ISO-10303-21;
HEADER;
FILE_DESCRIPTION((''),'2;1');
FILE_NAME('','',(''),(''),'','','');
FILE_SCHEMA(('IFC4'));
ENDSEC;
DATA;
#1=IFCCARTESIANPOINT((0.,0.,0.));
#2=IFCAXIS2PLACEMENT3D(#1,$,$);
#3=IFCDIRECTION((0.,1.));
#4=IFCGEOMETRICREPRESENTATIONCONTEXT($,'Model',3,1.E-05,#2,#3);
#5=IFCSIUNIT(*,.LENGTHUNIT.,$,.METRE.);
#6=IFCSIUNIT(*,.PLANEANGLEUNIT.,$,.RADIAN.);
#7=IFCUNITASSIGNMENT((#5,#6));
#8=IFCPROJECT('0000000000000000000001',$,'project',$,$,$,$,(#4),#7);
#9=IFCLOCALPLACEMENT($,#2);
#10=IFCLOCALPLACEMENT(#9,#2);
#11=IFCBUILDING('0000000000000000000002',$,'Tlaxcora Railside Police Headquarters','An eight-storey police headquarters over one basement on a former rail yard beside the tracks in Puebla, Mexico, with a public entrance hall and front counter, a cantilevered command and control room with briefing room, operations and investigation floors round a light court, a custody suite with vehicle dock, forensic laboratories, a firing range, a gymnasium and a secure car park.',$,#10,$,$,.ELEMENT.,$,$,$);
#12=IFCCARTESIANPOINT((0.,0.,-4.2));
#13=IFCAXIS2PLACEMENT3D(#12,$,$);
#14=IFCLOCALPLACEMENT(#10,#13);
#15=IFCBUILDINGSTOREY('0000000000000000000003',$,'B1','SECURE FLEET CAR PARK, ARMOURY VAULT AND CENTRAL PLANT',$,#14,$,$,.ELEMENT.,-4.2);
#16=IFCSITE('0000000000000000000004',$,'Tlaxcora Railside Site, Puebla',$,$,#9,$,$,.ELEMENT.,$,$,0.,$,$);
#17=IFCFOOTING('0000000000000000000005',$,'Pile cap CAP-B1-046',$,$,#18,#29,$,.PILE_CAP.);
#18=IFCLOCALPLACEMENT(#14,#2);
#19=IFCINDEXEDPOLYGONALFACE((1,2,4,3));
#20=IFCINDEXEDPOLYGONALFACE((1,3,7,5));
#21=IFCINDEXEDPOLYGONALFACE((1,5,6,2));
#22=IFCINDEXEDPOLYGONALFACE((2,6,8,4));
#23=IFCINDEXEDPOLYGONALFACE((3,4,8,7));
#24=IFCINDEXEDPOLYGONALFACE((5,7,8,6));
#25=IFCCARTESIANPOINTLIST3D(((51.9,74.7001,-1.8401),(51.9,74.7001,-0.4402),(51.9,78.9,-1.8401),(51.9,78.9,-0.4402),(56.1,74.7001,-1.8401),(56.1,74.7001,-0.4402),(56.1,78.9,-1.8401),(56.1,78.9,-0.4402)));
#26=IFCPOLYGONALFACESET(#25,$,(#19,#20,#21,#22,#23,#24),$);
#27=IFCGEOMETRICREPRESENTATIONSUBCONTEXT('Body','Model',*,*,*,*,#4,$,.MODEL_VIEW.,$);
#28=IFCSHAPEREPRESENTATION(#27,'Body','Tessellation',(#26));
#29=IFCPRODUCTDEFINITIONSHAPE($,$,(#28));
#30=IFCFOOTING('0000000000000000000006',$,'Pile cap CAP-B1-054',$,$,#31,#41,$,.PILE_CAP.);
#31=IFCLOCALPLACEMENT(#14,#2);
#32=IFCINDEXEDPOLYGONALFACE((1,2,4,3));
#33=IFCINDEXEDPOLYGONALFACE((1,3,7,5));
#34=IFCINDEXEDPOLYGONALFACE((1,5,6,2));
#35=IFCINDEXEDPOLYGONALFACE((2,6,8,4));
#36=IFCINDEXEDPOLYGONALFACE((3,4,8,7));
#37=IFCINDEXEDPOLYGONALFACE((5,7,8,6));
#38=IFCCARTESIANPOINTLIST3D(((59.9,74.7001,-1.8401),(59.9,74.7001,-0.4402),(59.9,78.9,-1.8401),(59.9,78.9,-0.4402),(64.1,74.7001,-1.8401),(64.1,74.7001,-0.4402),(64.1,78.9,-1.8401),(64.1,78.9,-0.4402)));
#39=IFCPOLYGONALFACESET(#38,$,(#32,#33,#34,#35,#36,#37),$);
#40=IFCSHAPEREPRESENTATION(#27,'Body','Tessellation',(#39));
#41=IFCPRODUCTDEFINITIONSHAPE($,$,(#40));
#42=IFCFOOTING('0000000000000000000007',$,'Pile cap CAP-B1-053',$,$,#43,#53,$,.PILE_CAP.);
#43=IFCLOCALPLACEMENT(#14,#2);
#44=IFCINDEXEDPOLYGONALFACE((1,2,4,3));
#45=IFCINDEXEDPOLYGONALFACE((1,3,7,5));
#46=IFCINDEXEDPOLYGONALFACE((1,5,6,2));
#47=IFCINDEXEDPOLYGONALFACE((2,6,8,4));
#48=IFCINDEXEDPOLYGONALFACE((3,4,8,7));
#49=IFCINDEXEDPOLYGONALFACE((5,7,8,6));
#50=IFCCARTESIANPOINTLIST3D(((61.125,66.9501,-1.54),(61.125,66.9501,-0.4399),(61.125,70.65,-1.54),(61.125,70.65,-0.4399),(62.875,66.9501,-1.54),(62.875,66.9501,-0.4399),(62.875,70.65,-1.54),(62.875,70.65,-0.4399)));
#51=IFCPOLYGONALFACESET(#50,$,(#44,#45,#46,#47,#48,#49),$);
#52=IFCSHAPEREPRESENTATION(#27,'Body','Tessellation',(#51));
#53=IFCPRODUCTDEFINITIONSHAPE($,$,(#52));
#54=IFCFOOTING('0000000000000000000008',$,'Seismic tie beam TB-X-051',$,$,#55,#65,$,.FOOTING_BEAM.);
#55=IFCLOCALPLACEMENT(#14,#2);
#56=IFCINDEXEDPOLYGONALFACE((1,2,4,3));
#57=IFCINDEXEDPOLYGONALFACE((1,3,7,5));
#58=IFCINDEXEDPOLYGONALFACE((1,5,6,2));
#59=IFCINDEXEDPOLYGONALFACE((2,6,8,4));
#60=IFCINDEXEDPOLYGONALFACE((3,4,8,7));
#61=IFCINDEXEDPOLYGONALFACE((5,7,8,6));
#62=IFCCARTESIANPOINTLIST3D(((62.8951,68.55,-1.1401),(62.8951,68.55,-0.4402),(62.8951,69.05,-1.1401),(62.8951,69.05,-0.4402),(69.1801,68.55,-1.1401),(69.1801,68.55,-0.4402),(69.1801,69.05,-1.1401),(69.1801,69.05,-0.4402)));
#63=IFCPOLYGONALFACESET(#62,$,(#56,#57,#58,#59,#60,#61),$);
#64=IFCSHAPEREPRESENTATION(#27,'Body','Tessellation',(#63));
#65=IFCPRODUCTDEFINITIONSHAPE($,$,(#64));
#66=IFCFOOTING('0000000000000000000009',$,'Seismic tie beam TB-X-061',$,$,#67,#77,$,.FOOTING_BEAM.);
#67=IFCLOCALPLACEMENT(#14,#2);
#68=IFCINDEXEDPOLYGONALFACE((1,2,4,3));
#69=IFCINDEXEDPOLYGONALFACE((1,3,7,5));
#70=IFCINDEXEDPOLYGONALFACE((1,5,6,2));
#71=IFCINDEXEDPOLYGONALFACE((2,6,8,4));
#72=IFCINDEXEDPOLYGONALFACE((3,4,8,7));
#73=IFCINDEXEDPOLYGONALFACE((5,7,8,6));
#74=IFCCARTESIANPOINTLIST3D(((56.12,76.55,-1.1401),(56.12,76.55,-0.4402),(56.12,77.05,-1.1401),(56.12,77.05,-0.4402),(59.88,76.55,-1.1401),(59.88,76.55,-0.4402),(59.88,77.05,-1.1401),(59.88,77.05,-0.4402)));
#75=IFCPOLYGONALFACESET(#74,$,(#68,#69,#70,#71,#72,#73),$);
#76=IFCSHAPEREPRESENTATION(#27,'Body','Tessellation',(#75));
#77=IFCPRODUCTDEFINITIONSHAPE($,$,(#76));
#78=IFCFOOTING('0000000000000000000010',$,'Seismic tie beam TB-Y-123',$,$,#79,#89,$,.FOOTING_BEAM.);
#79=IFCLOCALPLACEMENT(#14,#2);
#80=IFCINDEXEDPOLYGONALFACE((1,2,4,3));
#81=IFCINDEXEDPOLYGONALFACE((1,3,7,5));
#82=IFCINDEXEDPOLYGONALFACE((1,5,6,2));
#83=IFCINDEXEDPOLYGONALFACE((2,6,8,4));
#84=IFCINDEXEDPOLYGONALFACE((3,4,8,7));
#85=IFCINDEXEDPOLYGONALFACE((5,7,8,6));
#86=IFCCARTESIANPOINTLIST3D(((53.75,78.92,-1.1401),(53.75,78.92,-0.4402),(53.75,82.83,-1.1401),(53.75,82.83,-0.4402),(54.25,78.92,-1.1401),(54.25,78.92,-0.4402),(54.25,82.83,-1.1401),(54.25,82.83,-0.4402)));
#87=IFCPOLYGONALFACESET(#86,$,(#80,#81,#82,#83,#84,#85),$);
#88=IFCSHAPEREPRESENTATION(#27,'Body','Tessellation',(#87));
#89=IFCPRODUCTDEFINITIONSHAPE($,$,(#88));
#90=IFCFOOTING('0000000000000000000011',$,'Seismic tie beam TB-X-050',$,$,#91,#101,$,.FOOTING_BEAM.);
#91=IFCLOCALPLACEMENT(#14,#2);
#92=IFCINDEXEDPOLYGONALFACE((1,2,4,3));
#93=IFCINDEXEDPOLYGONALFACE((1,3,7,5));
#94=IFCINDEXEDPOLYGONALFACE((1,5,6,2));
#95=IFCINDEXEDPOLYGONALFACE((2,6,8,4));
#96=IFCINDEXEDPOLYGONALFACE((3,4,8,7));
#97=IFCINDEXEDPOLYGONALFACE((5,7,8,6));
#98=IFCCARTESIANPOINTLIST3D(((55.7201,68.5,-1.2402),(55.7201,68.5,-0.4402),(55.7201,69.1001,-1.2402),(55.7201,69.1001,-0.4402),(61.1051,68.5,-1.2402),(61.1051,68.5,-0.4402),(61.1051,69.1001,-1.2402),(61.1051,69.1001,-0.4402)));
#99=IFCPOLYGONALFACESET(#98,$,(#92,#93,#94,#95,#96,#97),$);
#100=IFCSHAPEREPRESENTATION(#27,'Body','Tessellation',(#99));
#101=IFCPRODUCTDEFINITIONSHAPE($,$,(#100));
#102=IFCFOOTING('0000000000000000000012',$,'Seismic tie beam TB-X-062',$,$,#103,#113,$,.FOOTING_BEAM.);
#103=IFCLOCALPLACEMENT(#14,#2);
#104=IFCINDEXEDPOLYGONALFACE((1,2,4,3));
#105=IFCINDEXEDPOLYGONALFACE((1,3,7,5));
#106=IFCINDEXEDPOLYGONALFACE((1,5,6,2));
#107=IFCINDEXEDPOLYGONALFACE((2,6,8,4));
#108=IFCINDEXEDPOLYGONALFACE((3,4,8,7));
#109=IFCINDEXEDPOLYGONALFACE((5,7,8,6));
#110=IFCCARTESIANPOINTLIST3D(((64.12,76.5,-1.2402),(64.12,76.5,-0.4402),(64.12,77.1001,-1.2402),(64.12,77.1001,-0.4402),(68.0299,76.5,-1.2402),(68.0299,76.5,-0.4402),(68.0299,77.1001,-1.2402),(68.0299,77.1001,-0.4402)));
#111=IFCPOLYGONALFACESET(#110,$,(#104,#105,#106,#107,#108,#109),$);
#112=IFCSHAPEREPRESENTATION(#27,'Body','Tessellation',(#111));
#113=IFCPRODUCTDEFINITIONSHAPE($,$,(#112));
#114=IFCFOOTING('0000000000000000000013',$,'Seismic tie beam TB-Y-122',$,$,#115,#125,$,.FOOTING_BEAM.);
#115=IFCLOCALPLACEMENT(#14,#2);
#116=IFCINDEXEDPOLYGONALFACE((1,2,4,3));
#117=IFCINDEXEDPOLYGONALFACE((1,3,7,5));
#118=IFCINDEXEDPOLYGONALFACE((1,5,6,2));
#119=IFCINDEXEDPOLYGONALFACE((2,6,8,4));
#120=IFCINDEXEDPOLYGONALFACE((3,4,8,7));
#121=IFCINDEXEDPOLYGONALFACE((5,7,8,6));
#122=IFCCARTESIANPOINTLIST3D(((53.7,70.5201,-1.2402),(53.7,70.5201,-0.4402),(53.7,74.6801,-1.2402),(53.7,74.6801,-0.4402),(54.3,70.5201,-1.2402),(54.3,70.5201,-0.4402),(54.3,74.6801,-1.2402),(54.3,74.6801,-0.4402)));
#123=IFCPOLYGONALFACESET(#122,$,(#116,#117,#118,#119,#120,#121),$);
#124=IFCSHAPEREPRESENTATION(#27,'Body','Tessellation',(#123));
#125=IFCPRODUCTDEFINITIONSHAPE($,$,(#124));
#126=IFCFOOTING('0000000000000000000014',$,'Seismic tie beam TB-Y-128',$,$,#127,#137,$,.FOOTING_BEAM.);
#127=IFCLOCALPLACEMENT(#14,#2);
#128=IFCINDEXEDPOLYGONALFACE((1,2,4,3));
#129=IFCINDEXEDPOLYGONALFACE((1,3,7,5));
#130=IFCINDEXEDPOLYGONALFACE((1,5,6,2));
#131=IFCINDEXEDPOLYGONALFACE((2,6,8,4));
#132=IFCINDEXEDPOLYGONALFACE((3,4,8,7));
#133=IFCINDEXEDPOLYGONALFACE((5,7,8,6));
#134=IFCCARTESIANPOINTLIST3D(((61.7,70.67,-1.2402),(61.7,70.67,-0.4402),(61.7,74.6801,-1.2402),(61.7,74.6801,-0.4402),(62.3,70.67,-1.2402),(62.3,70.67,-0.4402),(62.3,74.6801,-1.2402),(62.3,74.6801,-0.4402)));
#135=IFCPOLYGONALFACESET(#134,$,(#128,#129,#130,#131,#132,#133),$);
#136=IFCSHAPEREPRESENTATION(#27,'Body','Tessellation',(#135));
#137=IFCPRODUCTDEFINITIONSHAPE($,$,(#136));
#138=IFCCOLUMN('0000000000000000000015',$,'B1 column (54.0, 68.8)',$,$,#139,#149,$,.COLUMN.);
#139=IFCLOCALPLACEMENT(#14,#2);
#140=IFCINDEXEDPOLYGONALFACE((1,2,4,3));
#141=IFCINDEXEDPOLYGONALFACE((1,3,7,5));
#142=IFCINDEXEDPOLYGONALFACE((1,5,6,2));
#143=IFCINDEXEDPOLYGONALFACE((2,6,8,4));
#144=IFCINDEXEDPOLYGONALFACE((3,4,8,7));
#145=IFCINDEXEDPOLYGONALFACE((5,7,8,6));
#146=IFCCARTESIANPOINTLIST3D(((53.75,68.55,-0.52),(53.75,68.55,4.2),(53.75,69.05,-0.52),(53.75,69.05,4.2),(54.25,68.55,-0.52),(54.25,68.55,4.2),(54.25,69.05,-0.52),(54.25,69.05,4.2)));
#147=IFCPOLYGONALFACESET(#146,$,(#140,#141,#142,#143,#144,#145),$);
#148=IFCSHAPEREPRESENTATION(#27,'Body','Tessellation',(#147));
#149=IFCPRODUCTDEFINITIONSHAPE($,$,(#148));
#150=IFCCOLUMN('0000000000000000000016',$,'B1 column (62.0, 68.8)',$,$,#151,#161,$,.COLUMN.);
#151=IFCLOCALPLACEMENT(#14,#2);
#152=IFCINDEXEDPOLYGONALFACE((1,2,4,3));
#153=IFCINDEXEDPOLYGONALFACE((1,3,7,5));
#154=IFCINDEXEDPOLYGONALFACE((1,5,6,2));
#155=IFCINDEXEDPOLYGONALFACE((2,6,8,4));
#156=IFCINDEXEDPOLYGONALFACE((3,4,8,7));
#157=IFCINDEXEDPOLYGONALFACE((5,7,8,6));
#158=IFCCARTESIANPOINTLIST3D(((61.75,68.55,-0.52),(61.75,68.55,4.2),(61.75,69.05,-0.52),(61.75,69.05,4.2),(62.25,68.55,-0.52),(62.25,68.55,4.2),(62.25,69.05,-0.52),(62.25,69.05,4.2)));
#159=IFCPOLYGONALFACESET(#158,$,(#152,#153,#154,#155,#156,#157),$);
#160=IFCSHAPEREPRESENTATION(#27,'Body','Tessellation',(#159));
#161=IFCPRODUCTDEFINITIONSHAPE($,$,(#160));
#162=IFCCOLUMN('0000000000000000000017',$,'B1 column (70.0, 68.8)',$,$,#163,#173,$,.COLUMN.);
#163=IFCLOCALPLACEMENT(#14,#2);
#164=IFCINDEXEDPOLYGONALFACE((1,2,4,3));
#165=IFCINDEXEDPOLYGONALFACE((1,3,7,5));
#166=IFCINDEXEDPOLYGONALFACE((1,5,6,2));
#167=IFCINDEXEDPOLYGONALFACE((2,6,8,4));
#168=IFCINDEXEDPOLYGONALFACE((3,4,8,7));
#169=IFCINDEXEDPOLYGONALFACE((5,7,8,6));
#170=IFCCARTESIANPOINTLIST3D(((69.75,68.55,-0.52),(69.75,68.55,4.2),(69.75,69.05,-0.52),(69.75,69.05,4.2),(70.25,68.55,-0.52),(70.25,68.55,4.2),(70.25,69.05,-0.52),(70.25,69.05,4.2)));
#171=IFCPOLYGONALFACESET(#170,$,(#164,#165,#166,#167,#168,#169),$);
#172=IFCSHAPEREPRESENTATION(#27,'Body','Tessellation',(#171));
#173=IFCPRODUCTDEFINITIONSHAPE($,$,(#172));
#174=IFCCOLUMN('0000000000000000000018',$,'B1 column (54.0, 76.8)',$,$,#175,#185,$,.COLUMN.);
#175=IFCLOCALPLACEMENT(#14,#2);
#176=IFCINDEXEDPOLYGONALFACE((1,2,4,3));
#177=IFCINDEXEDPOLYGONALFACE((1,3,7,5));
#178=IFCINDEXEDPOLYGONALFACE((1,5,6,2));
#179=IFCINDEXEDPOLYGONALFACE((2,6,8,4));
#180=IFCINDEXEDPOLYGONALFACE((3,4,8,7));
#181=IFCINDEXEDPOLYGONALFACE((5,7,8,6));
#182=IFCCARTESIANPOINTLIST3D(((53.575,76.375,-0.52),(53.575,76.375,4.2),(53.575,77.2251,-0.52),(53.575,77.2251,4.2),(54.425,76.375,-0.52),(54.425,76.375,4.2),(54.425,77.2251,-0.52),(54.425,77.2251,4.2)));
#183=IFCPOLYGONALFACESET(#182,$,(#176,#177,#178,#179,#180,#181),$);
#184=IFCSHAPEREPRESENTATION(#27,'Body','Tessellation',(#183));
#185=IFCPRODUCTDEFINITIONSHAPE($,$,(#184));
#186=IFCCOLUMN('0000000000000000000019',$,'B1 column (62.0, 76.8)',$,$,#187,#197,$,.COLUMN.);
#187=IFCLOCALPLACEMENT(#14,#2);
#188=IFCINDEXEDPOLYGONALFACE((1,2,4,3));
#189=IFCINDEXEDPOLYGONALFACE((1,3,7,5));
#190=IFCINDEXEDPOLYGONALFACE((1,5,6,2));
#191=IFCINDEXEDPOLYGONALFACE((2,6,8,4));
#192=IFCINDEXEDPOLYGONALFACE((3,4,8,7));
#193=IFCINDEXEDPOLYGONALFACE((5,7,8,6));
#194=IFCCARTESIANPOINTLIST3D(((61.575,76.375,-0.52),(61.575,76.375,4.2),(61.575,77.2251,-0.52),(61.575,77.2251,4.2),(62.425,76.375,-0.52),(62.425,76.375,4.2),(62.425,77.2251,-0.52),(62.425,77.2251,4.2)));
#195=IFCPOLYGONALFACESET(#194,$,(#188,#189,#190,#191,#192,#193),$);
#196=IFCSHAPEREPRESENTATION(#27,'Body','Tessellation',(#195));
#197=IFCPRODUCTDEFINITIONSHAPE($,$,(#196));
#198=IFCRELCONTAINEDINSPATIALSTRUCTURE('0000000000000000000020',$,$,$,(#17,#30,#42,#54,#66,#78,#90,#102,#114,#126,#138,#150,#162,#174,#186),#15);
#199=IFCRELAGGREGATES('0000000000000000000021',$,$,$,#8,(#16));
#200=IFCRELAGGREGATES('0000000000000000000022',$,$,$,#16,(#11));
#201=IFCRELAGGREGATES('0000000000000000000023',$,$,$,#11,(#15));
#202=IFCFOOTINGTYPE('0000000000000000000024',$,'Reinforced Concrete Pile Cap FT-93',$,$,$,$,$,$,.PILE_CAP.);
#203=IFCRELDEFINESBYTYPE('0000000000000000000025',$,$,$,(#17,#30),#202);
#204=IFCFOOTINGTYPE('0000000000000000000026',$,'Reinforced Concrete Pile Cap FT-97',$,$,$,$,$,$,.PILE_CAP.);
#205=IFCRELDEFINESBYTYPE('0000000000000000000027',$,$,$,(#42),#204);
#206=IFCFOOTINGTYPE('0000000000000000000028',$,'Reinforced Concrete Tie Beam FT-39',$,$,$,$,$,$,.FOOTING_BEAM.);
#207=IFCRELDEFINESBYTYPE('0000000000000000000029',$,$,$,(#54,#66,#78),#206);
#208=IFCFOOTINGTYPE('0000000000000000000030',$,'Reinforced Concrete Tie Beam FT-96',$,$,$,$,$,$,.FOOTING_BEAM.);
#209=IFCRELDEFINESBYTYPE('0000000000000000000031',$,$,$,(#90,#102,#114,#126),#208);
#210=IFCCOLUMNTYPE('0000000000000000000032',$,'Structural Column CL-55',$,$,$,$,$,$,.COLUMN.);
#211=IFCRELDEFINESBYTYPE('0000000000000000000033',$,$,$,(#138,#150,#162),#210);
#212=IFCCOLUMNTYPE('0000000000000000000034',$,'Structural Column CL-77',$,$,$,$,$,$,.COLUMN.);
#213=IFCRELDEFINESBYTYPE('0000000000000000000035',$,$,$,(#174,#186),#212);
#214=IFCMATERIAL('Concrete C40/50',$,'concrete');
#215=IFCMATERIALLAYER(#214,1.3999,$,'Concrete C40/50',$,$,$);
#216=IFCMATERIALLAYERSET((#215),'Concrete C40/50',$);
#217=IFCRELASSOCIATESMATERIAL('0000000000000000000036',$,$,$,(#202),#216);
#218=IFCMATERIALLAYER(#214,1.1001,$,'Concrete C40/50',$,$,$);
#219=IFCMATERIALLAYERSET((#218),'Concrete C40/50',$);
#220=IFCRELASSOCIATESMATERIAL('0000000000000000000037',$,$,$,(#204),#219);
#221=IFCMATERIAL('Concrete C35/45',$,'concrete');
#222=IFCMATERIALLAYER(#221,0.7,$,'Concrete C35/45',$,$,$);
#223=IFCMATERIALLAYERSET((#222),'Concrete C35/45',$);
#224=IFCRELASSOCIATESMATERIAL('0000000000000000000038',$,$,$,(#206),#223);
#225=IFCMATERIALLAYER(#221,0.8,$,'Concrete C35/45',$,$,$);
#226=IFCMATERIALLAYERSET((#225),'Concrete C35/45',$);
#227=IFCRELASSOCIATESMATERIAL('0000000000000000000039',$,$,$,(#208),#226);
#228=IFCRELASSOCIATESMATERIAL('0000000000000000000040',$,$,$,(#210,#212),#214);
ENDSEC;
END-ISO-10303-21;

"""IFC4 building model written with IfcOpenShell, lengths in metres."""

from ifc_helpers import new_model, si_unit, direction, frame, origin, origin_2d, place, context, subcontext, project, spatial, rectangle, extrude, material, layer, layer_set, material_profile, profile_set, type_object, element, save


model = new_model("IFC4")

# Units and contexts
model_context = context("Model", 3, precision=1e-05, world=origin(), true_north=direction((0.0, 1.0)))
body_context = subcontext(model_context, "Body", "Model", "MODEL_VIEW")
ifc_project = project(units=[si_unit("LENGTHUNIT", "METRE"), si_unit("PLANEANGLEUNIT", "RADIAN")], contexts=[model_context])

# Site, building, storey
site_placement = place(None, origin())
site = spatial("IfcSite", under=ifc_project, at=site_placement, Name="Tlaxcora Railside Site, Puebla", CompositionType="ELEMENT", RefElevation=0.0)
building_placement = place(site_placement, origin())
building = spatial("IfcBuilding", under=site, at=building_placement, Name="Tlaxcora Railside Police Headquarters", Description="An eight-storey police headquarters over one basement on a former rail yard beside the tracks in Puebla, Mexico, with a public entrance hall and front counter, a cantilevered command and control room with briefing room, operations and investigation floors round a light court, a custody suite with vehicle dock, forensic laboratories, a firing range, a gymnasium and a secure car park.", CompositionType="ELEMENT")
storey_placement = place(building_placement, frame((0.0, 0.0, -4.2)))
storey = spatial("IfcBuildingStorey", under=building, at=storey_placement, Name="B1", Description="SECURE FLEET CAR PARK, ARMOURY VAULT AND CENTRAL PLANT", CompositionType="ELEMENT", Elevation=-4.2)

# Shared definitions
ifc_material_1 = material(Name="Concrete C35/45", Category="concrete")

# Footings
ifc_material_2 = material(Name="Concrete C40/50", Category="concrete")
ifc_layer_1 = layer(ifc_material_2, 1.3999, Name="Concrete C40/50")
ifc_layer_set_1 = layer_set([ifc_layer_1], Name="Concrete C40/50")
footing_type_1 = type_object("IfcFootingType", Name="Reinforced Concrete Pile Cap FT-93", PredefinedType="PILE_CAP", material=ifc_layer_set_1)
for number, where, z_axis, x_axis, name in (
    (1, (54.0, 76.8, -1.8401), (0.0, 0.0, 1.0), (1.0, 0.0, 0.0), "Pile cap CAP-B1-046"),
    (2, (62.0, 76.8, -1.8401), (0.0, 0.0, 1.0), (1.0, 0.0, 0.0), "Pile cap CAP-B1-054"),
):
    element("IfcFooting", number, at=place(storey_placement, frame(where, z_axis=z_axis, x_axis=x_axis)), inside=storey, type_object=footing_type_1, Name=name, PredefinedType="PILE_CAP", context=body_context, shape_type="SweptSolid", body=[
        extrude(rectangle(XDim=4.2, YDim=4.2, at=origin_2d()), origin(), (0.0, 0.0, 1.0), 1.3999),
    ])
ifc_layer_2 = layer(ifc_material_2, 1.1001, Name="Concrete C40/50")
ifc_layer_set_2 = layer_set([ifc_layer_2], Name="Concrete C40/50")
footing_type_2 = type_object("IfcFootingType", Name="Reinforced Concrete Pile Cap FT-97", PredefinedType="PILE_CAP", material=ifc_layer_set_2)
footing_1_placement = place(storey_placement, frame((62.0, 68.8, -1.54), z_axis=(0.0, 0.0, 1.0), x_axis=(1.0, 0.0, 0.0)))
element("IfcFooting", 3, at=footing_1_placement, inside=storey, type_object=footing_type_2, Name="Pile cap CAP-B1-053", PredefinedType="PILE_CAP", context=body_context, shape_type="SweptSolid", body=[
    extrude(rectangle(XDim=1.75, YDim=3.7, at=origin_2d()), origin(), (0.0, 0.0, 1.0), 1.1001),
])
ifc_layer_3 = layer(ifc_material_1, 0.7, Name="Concrete C35/45")
ifc_layer_set_3 = layer_set([ifc_layer_3], Name="Concrete C35/45")
footing_type_3 = type_object("IfcFootingType", Name="Reinforced Concrete Tie Beam FT-39", PredefinedType="FOOTING_BEAM", material=ifc_layer_set_3)
footing_2_placement = place(storey_placement, frame((66.0376, 68.8, -1.1401), z_axis=(0.0, 0.0, 1.0), x_axis=(1.0, 0.0, 0.0)))
element("IfcFooting", 4, at=footing_2_placement, inside=storey, type_object=footing_type_3, Name="Seismic tie beam TB-X-051", PredefinedType="FOOTING_BEAM", context=body_context, shape_type="SweptSolid", body=[
    extrude(rectangle(XDim=6.2849, YDim=0.5, at=origin_2d()), origin(), (0.0, 0.0, 1.0), 0.7),
])
footing_3_placement = place(storey_placement, frame((58.0, 76.8, -1.1401), z_axis=(0.0, 0.0, 1.0), x_axis=(1.0, 0.0, 0.0)))
element("IfcFooting", 5, at=footing_3_placement, inside=storey, type_object=footing_type_3, Name="Seismic tie beam TB-X-061", PredefinedType="FOOTING_BEAM", context=body_context, shape_type="SweptSolid", body=[
    extrude(rectangle(XDim=3.76, YDim=0.5, at=origin_2d()), origin(), (0.0, 0.0, 1.0), 0.7),
])
footing_4_placement = place(storey_placement, frame((54.0, 80.875, -1.1401), z_axis=(0.0, 0.0, 1.0), x_axis=(0.0, 1.0, 0.0)))
element("IfcFooting", 6, at=footing_4_placement, inside=storey, type_object=footing_type_3, Name="Seismic tie beam TB-Y-123", PredefinedType="FOOTING_BEAM", context=body_context, shape_type="SweptSolid", body=[
    extrude(rectangle(XDim=3.9099, YDim=0.5, at=origin_2d()), origin(), (0.0, 0.0, 1.0), 0.7),
])
ifc_layer_4 = layer(ifc_material_1, 0.8, Name="Concrete C35/45")
ifc_layer_set_4 = layer_set([ifc_layer_4], Name="Concrete C35/45")
footing_type_4 = type_object("IfcFootingType", Name="Reinforced Concrete Tie Beam FT-96", PredefinedType="FOOTING_BEAM", material=ifc_layer_set_4)
footing_5_placement = place(storey_placement, frame((58.4126, 68.8, -1.2402), z_axis=(0.0, 0.0, 1.0), x_axis=(1.0, 0.0, 0.0)))
element("IfcFooting", 7, at=footing_5_placement, inside=storey, type_object=footing_type_4, Name="Seismic tie beam TB-X-050", PredefinedType="FOOTING_BEAM", context=body_context, shape_type="SweptSolid", body=[
    extrude(rectangle(XDim=5.385, YDim=0.6001, at=origin_2d()), origin(), (0.0, 0.0, 1.0), 0.8),
])
footing_6_placement = place(storey_placement, frame((66.075, 76.8, -1.2402), z_axis=(0.0, 0.0, 1.0), x_axis=(1.0, 0.0, 0.0)))
element("IfcFooting", 8, at=footing_6_placement, inside=storey, type_object=footing_type_4, Name="Seismic tie beam TB-X-062", PredefinedType="FOOTING_BEAM", context=body_context, shape_type="SweptSolid", body=[
    extrude(rectangle(XDim=3.9099, YDim=0.6001, at=origin_2d()), origin(), (0.0, 0.0, 1.0), 0.8),
])
footing_7_placement = place(storey_placement, frame((54.0, 72.6001, -1.2402), z_axis=(0.0, 0.0, 1.0), x_axis=(0.0, 1.0, 0.0)))
element("IfcFooting", 9, at=footing_7_placement, inside=storey, type_object=footing_type_4, Name="Seismic tie beam TB-Y-122", PredefinedType="FOOTING_BEAM", context=body_context, shape_type="SweptSolid", body=[
    extrude(rectangle(XDim=4.1599, YDim=0.6001, at=origin_2d()), origin(), (0.0, 0.0, 1.0), 0.8),
])
footing_8_placement = place(storey_placement, frame((62.0, 72.675, -1.2402), z_axis=(0.0, 0.0, 1.0), x_axis=(0.0, 1.0, 0.0)))
element("IfcFooting", 10, at=footing_8_placement, inside=storey, type_object=footing_type_4, Name="Seismic tie beam TB-Y-128", PredefinedType="FOOTING_BEAM", context=body_context, shape_type="SweptSolid", body=[
    extrude(rectangle(XDim=4.01, YDim=0.6001, at=origin_2d()), origin(), (0.0, 0.0, 1.0), 0.8),
])

# Columns
ifc_material_profile_1 = material_profile(ifc_material_2, rectangle(XDim=0.5, YDim=0.5, at=origin_2d()), Name="RC500X500")
ifc_profile_set_1 = profile_set([ifc_material_profile_1], Name="Concrete C40/50")
column_type_1 = type_object("IfcColumnType", Name="Structural Column CL-55", PredefinedType="COLUMN", material=ifc_profile_set_1)
for number, where, z_axis, x_axis, name in (
    (11, (54.0, 68.8, -0.52), (0.0, 0.0, 1.0), (1.0, 0.0, 0.0), "B1 column (54.0, 68.8)"),
    (12, (62.0, 68.8, -0.52), (0.0, 0.0, 1.0), (1.0, 0.0, 0.0), "B1 column (62.0, 68.8)"),
    (13, (70.0, 68.8, -0.52), (0.0, 0.0, 1.0), (1.0, 0.0, 0.0), "B1 column (70.0, 68.8)"),
):
    element("IfcColumn", number, at=place(storey_placement, frame(where, z_axis=z_axis, x_axis=x_axis)), inside=storey, type_object=column_type_1, Name=name, PredefinedType="COLUMN", context=body_context, shape_type="SweptSolid", body=[
        extrude(rectangle(XDim=0.5, YDim=0.5, at=origin_2d()), origin(), (0.0, 0.0, 1.0), 4.72),
    ])
ifc_material_profile_2 = material_profile(ifc_material_2, rectangle(XDim=0.8501, YDim=0.8501, at=origin_2d()), Name="RC850X850")
ifc_profile_set_2 = profile_set([ifc_material_profile_2], Name="Concrete C40/50")
column_type_2 = type_object("IfcColumnType", Name="Structural Column CL-77", PredefinedType="COLUMN", material=ifc_profile_set_2)
for number, where, z_axis, x_axis, name in (
    (14, (54.0, 76.8, -0.52), (0.0, 0.0, 1.0), (1.0, 0.0, 0.0), "B1 column (54.0, 76.8)"),
    (15, (62.0, 76.8, -0.52), (0.0, 0.0, 1.0), (1.0, 0.0, 0.0), "B1 column (62.0, 76.8)"),
):
    element("IfcColumn", number, at=place(storey_placement, frame(where, z_axis=z_axis, x_axis=x_axis)), inside=storey, type_object=column_type_2, Name=name, PredefinedType="COLUMN", context=body_context, shape_type="SweptSolid", body=[
        extrude(rectangle(XDim=0.8501, YDim=0.8501, at=origin_2d()), origin(), (0.0, 0.0, 1.0), 4.72),
    ])

save(model, "model.ifc")
